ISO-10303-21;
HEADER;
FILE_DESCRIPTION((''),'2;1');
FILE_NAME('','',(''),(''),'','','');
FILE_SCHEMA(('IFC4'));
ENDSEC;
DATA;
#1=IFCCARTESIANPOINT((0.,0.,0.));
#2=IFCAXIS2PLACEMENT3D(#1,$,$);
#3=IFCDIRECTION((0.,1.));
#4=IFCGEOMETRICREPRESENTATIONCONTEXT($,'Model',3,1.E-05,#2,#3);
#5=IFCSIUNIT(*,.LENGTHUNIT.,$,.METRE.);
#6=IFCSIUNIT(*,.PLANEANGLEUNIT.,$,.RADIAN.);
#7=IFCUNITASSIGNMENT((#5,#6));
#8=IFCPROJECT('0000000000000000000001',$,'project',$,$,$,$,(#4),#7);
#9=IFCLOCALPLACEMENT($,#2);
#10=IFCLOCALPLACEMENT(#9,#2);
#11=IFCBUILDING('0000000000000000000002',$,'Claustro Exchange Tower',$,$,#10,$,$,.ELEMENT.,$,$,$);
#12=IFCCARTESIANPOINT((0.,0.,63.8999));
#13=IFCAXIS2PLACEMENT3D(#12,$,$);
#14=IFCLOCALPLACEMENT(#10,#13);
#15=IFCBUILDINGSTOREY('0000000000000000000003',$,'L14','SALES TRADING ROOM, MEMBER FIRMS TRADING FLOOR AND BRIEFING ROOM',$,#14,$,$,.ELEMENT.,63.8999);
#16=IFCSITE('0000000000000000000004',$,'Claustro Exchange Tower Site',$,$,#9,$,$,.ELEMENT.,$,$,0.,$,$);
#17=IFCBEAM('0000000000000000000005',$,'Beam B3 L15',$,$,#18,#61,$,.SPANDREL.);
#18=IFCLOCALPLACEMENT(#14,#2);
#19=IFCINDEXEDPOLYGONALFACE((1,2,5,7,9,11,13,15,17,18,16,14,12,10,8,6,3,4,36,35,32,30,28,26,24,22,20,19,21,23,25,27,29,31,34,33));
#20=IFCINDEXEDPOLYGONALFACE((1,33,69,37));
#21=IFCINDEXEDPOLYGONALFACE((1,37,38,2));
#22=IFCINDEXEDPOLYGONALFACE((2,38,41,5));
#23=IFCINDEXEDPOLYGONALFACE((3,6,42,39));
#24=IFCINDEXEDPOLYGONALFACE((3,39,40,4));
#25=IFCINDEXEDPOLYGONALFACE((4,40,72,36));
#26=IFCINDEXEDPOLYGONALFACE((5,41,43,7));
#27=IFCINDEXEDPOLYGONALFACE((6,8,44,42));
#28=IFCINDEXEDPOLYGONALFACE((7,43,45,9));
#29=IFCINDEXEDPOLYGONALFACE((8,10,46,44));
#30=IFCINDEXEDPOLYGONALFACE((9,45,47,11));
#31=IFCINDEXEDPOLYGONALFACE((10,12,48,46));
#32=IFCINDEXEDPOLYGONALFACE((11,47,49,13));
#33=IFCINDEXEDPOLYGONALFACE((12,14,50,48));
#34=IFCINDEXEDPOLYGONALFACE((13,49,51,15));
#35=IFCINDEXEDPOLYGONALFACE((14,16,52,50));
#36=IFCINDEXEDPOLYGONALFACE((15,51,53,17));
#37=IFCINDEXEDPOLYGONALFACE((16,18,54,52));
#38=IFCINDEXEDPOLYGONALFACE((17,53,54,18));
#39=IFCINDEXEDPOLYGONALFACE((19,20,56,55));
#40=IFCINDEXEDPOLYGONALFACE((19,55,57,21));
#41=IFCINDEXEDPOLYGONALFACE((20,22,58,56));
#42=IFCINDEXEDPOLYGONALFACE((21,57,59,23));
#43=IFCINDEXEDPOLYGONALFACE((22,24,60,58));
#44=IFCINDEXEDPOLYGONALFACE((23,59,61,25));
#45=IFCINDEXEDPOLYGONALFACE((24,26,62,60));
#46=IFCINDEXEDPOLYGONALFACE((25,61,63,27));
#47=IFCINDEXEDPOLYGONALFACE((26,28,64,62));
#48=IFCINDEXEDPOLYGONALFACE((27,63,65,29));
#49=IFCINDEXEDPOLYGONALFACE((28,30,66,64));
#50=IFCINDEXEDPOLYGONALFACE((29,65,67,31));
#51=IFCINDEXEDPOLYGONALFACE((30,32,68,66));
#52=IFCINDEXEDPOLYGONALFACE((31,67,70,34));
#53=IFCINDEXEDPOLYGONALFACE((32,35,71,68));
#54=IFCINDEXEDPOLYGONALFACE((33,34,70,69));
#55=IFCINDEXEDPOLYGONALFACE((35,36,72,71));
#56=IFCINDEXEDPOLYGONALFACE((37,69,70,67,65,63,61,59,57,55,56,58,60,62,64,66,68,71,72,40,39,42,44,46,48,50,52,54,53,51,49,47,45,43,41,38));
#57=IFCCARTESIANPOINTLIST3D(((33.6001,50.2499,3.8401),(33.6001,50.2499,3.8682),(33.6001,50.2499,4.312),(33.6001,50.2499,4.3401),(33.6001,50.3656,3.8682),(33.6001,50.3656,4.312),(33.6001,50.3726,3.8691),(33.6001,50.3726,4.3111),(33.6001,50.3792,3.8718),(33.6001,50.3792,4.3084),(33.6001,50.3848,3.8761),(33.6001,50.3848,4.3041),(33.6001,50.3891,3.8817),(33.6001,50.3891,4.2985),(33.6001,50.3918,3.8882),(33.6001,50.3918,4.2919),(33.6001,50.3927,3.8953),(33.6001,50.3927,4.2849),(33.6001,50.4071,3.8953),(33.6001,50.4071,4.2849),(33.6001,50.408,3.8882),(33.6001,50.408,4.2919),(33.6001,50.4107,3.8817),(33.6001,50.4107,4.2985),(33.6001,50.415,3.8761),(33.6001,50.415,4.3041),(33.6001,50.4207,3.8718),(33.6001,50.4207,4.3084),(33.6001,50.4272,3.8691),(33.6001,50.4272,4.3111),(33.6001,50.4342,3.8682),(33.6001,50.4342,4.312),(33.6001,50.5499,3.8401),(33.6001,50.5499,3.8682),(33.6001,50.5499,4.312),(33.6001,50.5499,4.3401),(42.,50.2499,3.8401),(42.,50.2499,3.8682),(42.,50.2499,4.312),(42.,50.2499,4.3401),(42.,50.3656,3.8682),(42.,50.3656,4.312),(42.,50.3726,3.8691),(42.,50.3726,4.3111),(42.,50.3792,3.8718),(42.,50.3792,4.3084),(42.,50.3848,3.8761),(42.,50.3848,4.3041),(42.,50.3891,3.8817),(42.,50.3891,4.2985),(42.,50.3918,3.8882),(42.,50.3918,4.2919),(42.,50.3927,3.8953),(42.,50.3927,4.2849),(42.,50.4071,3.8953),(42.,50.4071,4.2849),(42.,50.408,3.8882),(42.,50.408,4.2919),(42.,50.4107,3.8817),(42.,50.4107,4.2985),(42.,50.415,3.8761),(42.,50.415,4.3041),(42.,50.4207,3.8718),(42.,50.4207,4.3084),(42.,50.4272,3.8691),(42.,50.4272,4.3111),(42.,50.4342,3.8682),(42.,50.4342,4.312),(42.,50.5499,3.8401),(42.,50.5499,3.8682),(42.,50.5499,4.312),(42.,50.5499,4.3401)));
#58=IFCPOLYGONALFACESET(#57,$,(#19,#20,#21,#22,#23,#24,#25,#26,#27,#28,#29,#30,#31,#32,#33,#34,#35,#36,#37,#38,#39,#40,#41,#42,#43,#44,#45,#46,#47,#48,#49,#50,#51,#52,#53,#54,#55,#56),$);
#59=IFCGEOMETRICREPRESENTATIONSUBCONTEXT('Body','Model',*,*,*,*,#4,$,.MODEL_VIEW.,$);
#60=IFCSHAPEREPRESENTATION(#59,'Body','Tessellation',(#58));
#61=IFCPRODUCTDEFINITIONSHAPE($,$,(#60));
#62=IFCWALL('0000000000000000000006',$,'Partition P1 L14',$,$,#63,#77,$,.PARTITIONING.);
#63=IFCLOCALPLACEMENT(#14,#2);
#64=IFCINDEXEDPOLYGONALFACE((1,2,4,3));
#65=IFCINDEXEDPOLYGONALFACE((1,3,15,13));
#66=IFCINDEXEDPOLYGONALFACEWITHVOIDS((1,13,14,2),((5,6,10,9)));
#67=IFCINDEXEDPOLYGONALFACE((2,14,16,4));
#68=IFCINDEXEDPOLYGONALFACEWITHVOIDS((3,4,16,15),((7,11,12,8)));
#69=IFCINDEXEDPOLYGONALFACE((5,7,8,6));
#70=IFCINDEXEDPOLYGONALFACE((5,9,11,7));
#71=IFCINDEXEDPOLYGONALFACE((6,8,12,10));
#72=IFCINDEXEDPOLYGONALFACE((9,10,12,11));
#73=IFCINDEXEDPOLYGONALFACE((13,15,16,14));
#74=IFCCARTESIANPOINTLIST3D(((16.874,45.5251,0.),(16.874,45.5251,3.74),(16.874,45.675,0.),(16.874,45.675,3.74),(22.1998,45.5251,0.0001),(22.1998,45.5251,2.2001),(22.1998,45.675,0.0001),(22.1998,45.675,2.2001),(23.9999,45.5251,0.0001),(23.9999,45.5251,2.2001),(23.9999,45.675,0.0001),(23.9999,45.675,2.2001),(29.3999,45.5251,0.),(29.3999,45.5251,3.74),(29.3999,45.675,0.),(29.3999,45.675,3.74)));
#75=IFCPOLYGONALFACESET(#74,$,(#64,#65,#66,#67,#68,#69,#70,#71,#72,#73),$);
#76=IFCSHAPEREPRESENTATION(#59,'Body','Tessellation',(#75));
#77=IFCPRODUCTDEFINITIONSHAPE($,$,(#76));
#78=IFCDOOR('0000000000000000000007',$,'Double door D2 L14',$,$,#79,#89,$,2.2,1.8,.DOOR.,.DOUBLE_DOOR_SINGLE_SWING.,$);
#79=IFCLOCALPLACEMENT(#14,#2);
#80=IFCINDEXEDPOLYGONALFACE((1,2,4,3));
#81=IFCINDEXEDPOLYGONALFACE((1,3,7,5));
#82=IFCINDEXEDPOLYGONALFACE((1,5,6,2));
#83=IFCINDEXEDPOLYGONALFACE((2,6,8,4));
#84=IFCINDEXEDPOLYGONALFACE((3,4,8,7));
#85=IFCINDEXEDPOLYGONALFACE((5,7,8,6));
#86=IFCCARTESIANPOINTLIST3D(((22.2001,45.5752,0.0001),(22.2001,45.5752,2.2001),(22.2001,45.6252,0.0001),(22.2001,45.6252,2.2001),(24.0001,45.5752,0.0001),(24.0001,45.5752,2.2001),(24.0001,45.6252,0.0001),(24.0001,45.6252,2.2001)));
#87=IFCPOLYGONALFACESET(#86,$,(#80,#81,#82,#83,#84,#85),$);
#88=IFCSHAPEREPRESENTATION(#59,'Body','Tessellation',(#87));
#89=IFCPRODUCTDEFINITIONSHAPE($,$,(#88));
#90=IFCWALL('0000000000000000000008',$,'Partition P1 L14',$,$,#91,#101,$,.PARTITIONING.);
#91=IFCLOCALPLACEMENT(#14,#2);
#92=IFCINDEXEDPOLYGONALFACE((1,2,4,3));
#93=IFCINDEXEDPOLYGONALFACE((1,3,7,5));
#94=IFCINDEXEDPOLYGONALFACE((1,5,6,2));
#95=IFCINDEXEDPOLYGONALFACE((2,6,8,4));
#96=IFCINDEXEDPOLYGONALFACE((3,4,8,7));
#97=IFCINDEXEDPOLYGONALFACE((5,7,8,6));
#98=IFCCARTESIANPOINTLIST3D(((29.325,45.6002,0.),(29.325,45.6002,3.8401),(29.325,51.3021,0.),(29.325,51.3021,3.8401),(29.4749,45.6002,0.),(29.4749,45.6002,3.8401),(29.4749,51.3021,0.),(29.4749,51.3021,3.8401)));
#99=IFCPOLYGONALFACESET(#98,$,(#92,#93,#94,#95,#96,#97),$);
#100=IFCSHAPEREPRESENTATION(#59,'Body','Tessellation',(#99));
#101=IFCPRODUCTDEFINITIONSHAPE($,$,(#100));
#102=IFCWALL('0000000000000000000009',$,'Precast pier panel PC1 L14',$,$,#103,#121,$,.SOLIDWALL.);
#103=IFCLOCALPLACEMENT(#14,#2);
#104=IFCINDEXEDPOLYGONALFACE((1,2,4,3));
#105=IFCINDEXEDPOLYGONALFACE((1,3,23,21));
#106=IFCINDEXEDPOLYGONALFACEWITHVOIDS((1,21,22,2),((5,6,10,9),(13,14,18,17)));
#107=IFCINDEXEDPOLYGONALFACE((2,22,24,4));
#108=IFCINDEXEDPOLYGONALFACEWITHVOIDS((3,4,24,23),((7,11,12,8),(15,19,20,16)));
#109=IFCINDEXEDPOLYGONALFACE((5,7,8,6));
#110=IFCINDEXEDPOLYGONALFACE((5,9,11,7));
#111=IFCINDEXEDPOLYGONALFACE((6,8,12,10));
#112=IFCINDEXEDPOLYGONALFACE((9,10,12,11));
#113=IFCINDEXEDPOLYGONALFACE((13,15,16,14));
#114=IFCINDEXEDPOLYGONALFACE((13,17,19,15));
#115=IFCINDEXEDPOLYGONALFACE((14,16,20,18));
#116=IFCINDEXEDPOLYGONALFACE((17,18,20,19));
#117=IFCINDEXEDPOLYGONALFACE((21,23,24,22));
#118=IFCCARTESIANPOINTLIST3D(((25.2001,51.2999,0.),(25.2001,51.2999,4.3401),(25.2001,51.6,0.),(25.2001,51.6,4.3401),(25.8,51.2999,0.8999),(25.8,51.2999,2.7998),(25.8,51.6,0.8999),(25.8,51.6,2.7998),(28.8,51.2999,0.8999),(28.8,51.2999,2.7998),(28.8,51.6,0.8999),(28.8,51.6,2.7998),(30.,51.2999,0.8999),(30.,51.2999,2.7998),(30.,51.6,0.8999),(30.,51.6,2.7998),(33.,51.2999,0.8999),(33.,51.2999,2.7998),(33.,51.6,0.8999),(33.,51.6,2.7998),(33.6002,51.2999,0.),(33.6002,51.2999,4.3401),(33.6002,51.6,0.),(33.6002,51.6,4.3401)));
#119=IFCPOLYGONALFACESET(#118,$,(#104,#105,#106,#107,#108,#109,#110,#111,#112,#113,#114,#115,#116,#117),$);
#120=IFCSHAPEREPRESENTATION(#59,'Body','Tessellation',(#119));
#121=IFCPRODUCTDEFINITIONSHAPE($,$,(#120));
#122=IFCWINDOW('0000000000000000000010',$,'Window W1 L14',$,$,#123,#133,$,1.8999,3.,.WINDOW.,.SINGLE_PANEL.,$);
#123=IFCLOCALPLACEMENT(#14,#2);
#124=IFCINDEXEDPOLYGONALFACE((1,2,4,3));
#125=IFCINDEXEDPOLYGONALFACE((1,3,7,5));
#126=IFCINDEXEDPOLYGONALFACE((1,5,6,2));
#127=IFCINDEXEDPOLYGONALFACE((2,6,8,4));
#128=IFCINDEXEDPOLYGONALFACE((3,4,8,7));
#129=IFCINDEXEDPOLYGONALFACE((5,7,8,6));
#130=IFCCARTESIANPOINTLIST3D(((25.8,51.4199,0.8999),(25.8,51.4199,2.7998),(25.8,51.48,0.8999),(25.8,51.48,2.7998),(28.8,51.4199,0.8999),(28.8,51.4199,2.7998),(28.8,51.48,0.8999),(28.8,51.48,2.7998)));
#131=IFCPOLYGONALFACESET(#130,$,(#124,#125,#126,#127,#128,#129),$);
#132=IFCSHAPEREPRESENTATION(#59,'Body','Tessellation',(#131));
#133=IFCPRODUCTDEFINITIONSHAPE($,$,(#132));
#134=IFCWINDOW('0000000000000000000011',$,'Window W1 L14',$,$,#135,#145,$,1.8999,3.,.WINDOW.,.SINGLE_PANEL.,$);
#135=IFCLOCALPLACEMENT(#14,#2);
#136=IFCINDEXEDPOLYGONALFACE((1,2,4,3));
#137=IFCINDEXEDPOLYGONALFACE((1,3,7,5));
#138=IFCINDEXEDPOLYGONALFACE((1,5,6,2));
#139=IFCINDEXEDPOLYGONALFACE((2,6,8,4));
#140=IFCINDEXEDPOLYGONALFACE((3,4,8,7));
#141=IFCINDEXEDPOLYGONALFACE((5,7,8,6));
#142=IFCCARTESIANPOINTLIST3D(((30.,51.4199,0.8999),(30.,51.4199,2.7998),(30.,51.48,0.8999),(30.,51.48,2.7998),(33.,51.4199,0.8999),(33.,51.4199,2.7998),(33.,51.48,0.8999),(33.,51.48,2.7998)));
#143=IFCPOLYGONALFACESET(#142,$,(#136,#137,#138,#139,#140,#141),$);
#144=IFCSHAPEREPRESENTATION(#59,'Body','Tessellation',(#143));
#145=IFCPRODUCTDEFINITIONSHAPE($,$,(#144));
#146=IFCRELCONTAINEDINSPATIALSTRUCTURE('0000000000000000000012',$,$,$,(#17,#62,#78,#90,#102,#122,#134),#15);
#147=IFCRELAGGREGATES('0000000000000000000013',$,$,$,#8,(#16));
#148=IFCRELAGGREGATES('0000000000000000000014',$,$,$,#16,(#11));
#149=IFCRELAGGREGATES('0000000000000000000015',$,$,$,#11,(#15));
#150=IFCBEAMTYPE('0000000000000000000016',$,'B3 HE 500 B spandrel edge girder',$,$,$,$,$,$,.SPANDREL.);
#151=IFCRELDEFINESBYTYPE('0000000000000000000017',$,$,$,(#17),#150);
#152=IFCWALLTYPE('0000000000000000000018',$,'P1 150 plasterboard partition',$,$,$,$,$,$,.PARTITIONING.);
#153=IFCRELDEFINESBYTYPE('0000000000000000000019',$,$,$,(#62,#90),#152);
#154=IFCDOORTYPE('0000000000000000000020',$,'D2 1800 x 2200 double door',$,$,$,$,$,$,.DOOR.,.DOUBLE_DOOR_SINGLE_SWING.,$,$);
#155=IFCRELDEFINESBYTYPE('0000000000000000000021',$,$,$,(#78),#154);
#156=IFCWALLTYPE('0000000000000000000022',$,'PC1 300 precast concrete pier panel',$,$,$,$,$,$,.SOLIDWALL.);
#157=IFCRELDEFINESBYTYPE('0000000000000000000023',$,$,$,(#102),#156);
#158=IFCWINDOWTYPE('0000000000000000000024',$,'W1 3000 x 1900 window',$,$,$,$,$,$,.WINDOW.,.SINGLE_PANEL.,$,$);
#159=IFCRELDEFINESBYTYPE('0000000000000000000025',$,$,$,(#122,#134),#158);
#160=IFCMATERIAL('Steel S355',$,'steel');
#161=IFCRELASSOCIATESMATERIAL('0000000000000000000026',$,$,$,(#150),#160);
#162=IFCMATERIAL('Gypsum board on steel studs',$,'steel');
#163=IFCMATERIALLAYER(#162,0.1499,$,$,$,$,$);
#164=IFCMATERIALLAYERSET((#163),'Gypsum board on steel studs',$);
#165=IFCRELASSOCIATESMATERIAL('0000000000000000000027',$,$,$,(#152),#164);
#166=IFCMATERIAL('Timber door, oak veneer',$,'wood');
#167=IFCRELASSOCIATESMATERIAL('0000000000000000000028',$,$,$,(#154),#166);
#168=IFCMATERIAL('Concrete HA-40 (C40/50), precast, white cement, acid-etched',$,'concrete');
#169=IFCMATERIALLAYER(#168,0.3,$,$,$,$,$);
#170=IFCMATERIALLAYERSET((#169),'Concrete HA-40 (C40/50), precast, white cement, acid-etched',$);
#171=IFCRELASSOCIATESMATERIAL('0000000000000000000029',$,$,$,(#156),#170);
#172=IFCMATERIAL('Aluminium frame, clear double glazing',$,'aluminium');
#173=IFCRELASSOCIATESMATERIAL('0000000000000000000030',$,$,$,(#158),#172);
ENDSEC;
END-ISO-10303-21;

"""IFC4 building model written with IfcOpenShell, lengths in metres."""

from ifc_helpers import new_model, si_unit, direction, frame, frame_2d, origin, origin_2d, place, context, subcontext, project, spatial, rectangle, i_section, extrude, material, layer, layer_set, material_profile, profile_set, type_object, element, fill, save


model = new_model("IFC4")

# Units and contexts
model_context = context("Model", 3, precision=1e-05, world=origin(), true_north=direction((0.0, 1.0)))
body_context = subcontext(model_context, "Body", "Model", "MODEL_VIEW")
ifc_project = project(units=[si_unit("LENGTHUNIT", "METRE"), si_unit("PLANEANGLEUNIT", "RADIAN")], contexts=[model_context])

# Site, building, storey
site_placement = place(None, origin())
site = spatial("IfcSite", under=ifc_project, at=site_placement, Name="Claustro Exchange Tower Site", CompositionType="ELEMENT", RefElevation=0.0)
building_placement = place(site_placement, origin())
building = spatial("IfcBuilding", under=site, at=building_placement, Name="Claustro Exchange Tower", CompositionType="ELEMENT")
storey_placement = place(building_placement, frame((0.0, 0.0, 63.8999)))
storey = spatial("IfcBuildingStorey", under=building, at=storey_placement, Name="L14", Description="SALES TRADING ROOM, MEMBER FIRMS TRADING FLOOR AND BRIEFING ROOM", CompositionType="ELEMENT", Elevation=63.8999)

# Beam
ifc_material_1 = material(Name="Steel S355", Category="steel")
ifc_material_profile_1 = material_profile(ifc_material_1, i_section(OverallWidth=0.3, OverallDepth=0.5, WebThickness=0.0144, FlangeThickness=0.0281, FilletRadius=0.0271, at=origin_2d()), Name="HE 500 B")
ifc_profile_set_1 = profile_set([ifc_material_profile_1], Name="Steel S355")
beam_type_1 = type_object("IfcBeamType", Name="B3 HE 500 B spandrel edge girder", PredefinedType="SPANDREL", material=ifc_profile_set_1)
beam_1_placement = place(storey_placement, frame((33.6001, 50.3999, 4.0901), z_axis=(1.0, 0.0, 0.0), x_axis=(0.0, 1.0, 0.0)))
element("IfcBeam", 1, at=beam_1_placement, inside=storey, type_object=beam_type_1, Name="Beam B3 L15", PredefinedType="SPANDREL", context=body_context, shape_type="SweptSolid", body=[
    extrude(i_section(OverallWidth=0.3, OverallDepth=0.5, WebThickness=0.0144, FlangeThickness=0.0281, FilletRadius=0.0271, at=origin_2d()), origin(), (0.0, 0.0, 1.0), 8.3999),
])

# Wall, opening, door
ifc_material_2 = material(Name="Gypsum board on steel studs", Category="steel")
ifc_layer_1 = layer(ifc_material_2, 0.1499)
ifc_layer_set_1 = layer_set([ifc_layer_1], Name="Gypsum board on steel studs")
wall_type_1 = type_object("IfcWallType", Name="P1 150 plasterboard partition", PredefinedType="PARTITIONING", material=ifc_layer_set_1)
wall_1_placement = place(storey_placement, frame((16.874, 45.6001, 0.0), z_axis=(0.0, 0.0, 1.0), x_axis=(1.0, 0.0, 0.0)))
wall_1 = element("IfcWall", 2, at=wall_1_placement, inside=storey, type_object=wall_type_1, Name="Partition P1 L14", PredefinedType="PARTITIONING", context=body_context, shape_type="SweptSolid", body=[
    extrude(rectangle(XDim=12.5259, YDim=0.1499, at=frame_2d((6.2629, 0.0))), origin(), (0.0, 0.0, 1.0), 3.74),
])
opening_1_placement = place(wall_1_placement, frame((5.3259, 0.0, 0.0)))
opening_1 = element("IfcOpeningElement", 3, at=opening_1_placement, cuts=wall_1, PredefinedType="OPENING", context=body_context, shape_type="SweptSolid", body=[
    extrude(rectangle(XDim=1.8, YDim=2.2, at=frame_2d((0.8999, 1.1001))), frame((0.0, 0.085, 0.0), z_axis=(0.0, -1.0, 0.0), x_axis=(1.0, 0.0, 0.0)), (0.0, 0.0, 1.0), 0.1699),
])
ifc_material_3 = material(Name="Timber door, oak veneer", Category="wood")
door_type = type_object("IfcDoorType", Name="D2 1800 x 2200 double door", OperationType="DOUBLE_DOOR_SINGLE_SWING", PredefinedType="DOOR", material=ifc_material_3)
door_placement = place(opening_1_placement, frame((1.8, 0.0, 0.0), z_axis=(0.0, 0.0, 1.0), x_axis=(-1.0, 0.0, 0.0)))
door = element("IfcDoor", 4, at=door_placement, inside=storey, type_object=door_type, Name="Double door D2 L14", OperationType="DOUBLE_DOOR_SINGLE_SWING", OverallHeight=2.2, OverallWidth=1.8, PredefinedType="DOOR", context=body_context, shape_type="SweptSolid", body=[
    extrude(rectangle(XDim=1.8, YDim=2.2, at=frame_2d((0.8999, 1.1001))), frame((0.0, 0.0249, 0.0), z_axis=(0.0, -1.0, 0.0), x_axis=(1.0, 0.0, 0.0)), (0.0, 0.0, 1.0), 0.05),
])
fill(opening_1, door)

# Wall
wall_2_placement = place(storey_placement, frame((29.3999, 45.6001, 0.0), z_axis=(0.0, 0.0, 1.0), x_axis=(0.0, 1.0, 0.0)))
element("IfcWall", 5, at=wall_2_placement, inside=storey, type_object=wall_type_1, Name="Partition P1 L14", PredefinedType="PARTITIONING", context=body_context, shape_type="SweptSolid", body=[
    extrude(rectangle(XDim=5.7019, YDim=0.1499, at=frame_2d((2.8511, 0.0))), origin(), (0.0, 0.0, 1.0), 3.8401),
])

# Wall, openings, windows
ifc_material_4 = material(Name="Concrete HA-40 (C40/50), precast, white cement, acid-etched", Category="concrete")
ifc_layer_2 = layer(ifc_material_4, 0.3)
ifc_layer_set_2 = layer_set([ifc_layer_2], Name="Concrete HA-40 (C40/50), precast, white cement, acid-etched")
wall_type_2 = type_object("IfcWallType", Name="PC1 300 precast concrete pier panel", PredefinedType="SOLIDWALL", material=ifc_layer_set_2)
wall_3_placement = place(storey_placement, frame((25.2, 51.45, 0.0), z_axis=(0.0, 0.0, 1.0), x_axis=(1.0, 0.0, 0.0)))
wall_3 = element("IfcWall", 6, at=wall_3_placement, inside=storey, type_object=wall_type_2, Name="Precast pier panel PC1 L14", PredefinedType="SOLIDWALL", context=body_context, shape_type="SweptSolid", body=[
    extrude(rectangle(XDim=8.4001, YDim=0.3, at=frame_2d((4.2002, 0.0))), origin(), (0.0, 0.0, 1.0), 4.3401),
])
opening_2_placement = place(wall_3_placement, frame((0.6001, 0.0, 0.8999)))
opening_2 = element("IfcOpeningElement", 7, at=opening_2_placement, cuts=wall_3, PredefinedType="OPENING", context=body_context, shape_type="SweptSolid", body=[
    extrude(rectangle(XDim=3.0, YDim=1.8999, at=frame_2d((1.5, 0.95))), frame((0.0, 0.1599, 0.0), z_axis=(0.0, -1.0, 0.0), x_axis=(1.0, 0.0, 0.0)), (0.0, 0.0, 1.0), 0.3201),
])
opening_3_placement = place(wall_3_placement, frame((4.8, 0.0, 0.8999)))
opening_3 = element("IfcOpeningElement", 8, at=opening_3_placement, cuts=wall_3, PredefinedType="OPENING", context=body_context, shape_type="SweptSolid", body=[
    extrude(rectangle(XDim=3.0, YDim=1.8999, at=frame_2d((1.5, 0.95))), frame((0.0, 0.1599, 0.0), z_axis=(0.0, -1.0, 0.0), x_axis=(1.0, 0.0, 0.0)), (0.0, 0.0, 1.0), 0.3201),
])
ifc_material_5 = material(Name="Aluminium frame, clear double glazing", Category="aluminium")
window_type = type_object("IfcWindowType", Name="W1 3000 x 1900 window", PartitioningType="SINGLE_PANEL", PredefinedType="WINDOW", material=ifc_material_5)
window_1_placement = place(opening_2_placement, origin())
window_1 = element("IfcWindow", 9, at=window_1_placement, inside=storey, type_object=window_type, Name="Window W1 L14", OverallHeight=1.8999, OverallWidth=3.0, PartitioningType="SINGLE_PANEL", PredefinedType="WINDOW", context=body_context, shape_type="SweptSolid", body=[
    extrude(rectangle(XDim=3.0, YDim=1.8999, at=frame_2d((1.5, 0.95))), frame((0.0, 0.03, 0.0), z_axis=(0.0, -1.0, 0.0), x_axis=(1.0, 0.0, 0.0)), (0.0, 0.0, 1.0), 0.0601),
])
fill(opening_2, window_1)
window_2_placement = place(opening_3_placement, origin())
window_2 = element("IfcWindow", 10, at=window_2_placement, inside=storey, type_object=window_type, Name="Window W1 L14", OverallHeight=1.8999, OverallWidth=3.0, PartitioningType="SINGLE_PANEL", PredefinedType="WINDOW", context=body_context, shape_type="SweptSolid", body=[
    extrude(rectangle(XDim=3.0, YDim=1.8999, at=frame_2d((1.5, 0.95))), frame((0.0, 0.03, 0.0), z_axis=(0.0, -1.0, 0.0), x_axis=(1.0, 0.0, 0.0)), (0.0, 0.0, 1.0), 0.0601),
])
fill(opening_3, window_2)

save(model, "model.ifc")
